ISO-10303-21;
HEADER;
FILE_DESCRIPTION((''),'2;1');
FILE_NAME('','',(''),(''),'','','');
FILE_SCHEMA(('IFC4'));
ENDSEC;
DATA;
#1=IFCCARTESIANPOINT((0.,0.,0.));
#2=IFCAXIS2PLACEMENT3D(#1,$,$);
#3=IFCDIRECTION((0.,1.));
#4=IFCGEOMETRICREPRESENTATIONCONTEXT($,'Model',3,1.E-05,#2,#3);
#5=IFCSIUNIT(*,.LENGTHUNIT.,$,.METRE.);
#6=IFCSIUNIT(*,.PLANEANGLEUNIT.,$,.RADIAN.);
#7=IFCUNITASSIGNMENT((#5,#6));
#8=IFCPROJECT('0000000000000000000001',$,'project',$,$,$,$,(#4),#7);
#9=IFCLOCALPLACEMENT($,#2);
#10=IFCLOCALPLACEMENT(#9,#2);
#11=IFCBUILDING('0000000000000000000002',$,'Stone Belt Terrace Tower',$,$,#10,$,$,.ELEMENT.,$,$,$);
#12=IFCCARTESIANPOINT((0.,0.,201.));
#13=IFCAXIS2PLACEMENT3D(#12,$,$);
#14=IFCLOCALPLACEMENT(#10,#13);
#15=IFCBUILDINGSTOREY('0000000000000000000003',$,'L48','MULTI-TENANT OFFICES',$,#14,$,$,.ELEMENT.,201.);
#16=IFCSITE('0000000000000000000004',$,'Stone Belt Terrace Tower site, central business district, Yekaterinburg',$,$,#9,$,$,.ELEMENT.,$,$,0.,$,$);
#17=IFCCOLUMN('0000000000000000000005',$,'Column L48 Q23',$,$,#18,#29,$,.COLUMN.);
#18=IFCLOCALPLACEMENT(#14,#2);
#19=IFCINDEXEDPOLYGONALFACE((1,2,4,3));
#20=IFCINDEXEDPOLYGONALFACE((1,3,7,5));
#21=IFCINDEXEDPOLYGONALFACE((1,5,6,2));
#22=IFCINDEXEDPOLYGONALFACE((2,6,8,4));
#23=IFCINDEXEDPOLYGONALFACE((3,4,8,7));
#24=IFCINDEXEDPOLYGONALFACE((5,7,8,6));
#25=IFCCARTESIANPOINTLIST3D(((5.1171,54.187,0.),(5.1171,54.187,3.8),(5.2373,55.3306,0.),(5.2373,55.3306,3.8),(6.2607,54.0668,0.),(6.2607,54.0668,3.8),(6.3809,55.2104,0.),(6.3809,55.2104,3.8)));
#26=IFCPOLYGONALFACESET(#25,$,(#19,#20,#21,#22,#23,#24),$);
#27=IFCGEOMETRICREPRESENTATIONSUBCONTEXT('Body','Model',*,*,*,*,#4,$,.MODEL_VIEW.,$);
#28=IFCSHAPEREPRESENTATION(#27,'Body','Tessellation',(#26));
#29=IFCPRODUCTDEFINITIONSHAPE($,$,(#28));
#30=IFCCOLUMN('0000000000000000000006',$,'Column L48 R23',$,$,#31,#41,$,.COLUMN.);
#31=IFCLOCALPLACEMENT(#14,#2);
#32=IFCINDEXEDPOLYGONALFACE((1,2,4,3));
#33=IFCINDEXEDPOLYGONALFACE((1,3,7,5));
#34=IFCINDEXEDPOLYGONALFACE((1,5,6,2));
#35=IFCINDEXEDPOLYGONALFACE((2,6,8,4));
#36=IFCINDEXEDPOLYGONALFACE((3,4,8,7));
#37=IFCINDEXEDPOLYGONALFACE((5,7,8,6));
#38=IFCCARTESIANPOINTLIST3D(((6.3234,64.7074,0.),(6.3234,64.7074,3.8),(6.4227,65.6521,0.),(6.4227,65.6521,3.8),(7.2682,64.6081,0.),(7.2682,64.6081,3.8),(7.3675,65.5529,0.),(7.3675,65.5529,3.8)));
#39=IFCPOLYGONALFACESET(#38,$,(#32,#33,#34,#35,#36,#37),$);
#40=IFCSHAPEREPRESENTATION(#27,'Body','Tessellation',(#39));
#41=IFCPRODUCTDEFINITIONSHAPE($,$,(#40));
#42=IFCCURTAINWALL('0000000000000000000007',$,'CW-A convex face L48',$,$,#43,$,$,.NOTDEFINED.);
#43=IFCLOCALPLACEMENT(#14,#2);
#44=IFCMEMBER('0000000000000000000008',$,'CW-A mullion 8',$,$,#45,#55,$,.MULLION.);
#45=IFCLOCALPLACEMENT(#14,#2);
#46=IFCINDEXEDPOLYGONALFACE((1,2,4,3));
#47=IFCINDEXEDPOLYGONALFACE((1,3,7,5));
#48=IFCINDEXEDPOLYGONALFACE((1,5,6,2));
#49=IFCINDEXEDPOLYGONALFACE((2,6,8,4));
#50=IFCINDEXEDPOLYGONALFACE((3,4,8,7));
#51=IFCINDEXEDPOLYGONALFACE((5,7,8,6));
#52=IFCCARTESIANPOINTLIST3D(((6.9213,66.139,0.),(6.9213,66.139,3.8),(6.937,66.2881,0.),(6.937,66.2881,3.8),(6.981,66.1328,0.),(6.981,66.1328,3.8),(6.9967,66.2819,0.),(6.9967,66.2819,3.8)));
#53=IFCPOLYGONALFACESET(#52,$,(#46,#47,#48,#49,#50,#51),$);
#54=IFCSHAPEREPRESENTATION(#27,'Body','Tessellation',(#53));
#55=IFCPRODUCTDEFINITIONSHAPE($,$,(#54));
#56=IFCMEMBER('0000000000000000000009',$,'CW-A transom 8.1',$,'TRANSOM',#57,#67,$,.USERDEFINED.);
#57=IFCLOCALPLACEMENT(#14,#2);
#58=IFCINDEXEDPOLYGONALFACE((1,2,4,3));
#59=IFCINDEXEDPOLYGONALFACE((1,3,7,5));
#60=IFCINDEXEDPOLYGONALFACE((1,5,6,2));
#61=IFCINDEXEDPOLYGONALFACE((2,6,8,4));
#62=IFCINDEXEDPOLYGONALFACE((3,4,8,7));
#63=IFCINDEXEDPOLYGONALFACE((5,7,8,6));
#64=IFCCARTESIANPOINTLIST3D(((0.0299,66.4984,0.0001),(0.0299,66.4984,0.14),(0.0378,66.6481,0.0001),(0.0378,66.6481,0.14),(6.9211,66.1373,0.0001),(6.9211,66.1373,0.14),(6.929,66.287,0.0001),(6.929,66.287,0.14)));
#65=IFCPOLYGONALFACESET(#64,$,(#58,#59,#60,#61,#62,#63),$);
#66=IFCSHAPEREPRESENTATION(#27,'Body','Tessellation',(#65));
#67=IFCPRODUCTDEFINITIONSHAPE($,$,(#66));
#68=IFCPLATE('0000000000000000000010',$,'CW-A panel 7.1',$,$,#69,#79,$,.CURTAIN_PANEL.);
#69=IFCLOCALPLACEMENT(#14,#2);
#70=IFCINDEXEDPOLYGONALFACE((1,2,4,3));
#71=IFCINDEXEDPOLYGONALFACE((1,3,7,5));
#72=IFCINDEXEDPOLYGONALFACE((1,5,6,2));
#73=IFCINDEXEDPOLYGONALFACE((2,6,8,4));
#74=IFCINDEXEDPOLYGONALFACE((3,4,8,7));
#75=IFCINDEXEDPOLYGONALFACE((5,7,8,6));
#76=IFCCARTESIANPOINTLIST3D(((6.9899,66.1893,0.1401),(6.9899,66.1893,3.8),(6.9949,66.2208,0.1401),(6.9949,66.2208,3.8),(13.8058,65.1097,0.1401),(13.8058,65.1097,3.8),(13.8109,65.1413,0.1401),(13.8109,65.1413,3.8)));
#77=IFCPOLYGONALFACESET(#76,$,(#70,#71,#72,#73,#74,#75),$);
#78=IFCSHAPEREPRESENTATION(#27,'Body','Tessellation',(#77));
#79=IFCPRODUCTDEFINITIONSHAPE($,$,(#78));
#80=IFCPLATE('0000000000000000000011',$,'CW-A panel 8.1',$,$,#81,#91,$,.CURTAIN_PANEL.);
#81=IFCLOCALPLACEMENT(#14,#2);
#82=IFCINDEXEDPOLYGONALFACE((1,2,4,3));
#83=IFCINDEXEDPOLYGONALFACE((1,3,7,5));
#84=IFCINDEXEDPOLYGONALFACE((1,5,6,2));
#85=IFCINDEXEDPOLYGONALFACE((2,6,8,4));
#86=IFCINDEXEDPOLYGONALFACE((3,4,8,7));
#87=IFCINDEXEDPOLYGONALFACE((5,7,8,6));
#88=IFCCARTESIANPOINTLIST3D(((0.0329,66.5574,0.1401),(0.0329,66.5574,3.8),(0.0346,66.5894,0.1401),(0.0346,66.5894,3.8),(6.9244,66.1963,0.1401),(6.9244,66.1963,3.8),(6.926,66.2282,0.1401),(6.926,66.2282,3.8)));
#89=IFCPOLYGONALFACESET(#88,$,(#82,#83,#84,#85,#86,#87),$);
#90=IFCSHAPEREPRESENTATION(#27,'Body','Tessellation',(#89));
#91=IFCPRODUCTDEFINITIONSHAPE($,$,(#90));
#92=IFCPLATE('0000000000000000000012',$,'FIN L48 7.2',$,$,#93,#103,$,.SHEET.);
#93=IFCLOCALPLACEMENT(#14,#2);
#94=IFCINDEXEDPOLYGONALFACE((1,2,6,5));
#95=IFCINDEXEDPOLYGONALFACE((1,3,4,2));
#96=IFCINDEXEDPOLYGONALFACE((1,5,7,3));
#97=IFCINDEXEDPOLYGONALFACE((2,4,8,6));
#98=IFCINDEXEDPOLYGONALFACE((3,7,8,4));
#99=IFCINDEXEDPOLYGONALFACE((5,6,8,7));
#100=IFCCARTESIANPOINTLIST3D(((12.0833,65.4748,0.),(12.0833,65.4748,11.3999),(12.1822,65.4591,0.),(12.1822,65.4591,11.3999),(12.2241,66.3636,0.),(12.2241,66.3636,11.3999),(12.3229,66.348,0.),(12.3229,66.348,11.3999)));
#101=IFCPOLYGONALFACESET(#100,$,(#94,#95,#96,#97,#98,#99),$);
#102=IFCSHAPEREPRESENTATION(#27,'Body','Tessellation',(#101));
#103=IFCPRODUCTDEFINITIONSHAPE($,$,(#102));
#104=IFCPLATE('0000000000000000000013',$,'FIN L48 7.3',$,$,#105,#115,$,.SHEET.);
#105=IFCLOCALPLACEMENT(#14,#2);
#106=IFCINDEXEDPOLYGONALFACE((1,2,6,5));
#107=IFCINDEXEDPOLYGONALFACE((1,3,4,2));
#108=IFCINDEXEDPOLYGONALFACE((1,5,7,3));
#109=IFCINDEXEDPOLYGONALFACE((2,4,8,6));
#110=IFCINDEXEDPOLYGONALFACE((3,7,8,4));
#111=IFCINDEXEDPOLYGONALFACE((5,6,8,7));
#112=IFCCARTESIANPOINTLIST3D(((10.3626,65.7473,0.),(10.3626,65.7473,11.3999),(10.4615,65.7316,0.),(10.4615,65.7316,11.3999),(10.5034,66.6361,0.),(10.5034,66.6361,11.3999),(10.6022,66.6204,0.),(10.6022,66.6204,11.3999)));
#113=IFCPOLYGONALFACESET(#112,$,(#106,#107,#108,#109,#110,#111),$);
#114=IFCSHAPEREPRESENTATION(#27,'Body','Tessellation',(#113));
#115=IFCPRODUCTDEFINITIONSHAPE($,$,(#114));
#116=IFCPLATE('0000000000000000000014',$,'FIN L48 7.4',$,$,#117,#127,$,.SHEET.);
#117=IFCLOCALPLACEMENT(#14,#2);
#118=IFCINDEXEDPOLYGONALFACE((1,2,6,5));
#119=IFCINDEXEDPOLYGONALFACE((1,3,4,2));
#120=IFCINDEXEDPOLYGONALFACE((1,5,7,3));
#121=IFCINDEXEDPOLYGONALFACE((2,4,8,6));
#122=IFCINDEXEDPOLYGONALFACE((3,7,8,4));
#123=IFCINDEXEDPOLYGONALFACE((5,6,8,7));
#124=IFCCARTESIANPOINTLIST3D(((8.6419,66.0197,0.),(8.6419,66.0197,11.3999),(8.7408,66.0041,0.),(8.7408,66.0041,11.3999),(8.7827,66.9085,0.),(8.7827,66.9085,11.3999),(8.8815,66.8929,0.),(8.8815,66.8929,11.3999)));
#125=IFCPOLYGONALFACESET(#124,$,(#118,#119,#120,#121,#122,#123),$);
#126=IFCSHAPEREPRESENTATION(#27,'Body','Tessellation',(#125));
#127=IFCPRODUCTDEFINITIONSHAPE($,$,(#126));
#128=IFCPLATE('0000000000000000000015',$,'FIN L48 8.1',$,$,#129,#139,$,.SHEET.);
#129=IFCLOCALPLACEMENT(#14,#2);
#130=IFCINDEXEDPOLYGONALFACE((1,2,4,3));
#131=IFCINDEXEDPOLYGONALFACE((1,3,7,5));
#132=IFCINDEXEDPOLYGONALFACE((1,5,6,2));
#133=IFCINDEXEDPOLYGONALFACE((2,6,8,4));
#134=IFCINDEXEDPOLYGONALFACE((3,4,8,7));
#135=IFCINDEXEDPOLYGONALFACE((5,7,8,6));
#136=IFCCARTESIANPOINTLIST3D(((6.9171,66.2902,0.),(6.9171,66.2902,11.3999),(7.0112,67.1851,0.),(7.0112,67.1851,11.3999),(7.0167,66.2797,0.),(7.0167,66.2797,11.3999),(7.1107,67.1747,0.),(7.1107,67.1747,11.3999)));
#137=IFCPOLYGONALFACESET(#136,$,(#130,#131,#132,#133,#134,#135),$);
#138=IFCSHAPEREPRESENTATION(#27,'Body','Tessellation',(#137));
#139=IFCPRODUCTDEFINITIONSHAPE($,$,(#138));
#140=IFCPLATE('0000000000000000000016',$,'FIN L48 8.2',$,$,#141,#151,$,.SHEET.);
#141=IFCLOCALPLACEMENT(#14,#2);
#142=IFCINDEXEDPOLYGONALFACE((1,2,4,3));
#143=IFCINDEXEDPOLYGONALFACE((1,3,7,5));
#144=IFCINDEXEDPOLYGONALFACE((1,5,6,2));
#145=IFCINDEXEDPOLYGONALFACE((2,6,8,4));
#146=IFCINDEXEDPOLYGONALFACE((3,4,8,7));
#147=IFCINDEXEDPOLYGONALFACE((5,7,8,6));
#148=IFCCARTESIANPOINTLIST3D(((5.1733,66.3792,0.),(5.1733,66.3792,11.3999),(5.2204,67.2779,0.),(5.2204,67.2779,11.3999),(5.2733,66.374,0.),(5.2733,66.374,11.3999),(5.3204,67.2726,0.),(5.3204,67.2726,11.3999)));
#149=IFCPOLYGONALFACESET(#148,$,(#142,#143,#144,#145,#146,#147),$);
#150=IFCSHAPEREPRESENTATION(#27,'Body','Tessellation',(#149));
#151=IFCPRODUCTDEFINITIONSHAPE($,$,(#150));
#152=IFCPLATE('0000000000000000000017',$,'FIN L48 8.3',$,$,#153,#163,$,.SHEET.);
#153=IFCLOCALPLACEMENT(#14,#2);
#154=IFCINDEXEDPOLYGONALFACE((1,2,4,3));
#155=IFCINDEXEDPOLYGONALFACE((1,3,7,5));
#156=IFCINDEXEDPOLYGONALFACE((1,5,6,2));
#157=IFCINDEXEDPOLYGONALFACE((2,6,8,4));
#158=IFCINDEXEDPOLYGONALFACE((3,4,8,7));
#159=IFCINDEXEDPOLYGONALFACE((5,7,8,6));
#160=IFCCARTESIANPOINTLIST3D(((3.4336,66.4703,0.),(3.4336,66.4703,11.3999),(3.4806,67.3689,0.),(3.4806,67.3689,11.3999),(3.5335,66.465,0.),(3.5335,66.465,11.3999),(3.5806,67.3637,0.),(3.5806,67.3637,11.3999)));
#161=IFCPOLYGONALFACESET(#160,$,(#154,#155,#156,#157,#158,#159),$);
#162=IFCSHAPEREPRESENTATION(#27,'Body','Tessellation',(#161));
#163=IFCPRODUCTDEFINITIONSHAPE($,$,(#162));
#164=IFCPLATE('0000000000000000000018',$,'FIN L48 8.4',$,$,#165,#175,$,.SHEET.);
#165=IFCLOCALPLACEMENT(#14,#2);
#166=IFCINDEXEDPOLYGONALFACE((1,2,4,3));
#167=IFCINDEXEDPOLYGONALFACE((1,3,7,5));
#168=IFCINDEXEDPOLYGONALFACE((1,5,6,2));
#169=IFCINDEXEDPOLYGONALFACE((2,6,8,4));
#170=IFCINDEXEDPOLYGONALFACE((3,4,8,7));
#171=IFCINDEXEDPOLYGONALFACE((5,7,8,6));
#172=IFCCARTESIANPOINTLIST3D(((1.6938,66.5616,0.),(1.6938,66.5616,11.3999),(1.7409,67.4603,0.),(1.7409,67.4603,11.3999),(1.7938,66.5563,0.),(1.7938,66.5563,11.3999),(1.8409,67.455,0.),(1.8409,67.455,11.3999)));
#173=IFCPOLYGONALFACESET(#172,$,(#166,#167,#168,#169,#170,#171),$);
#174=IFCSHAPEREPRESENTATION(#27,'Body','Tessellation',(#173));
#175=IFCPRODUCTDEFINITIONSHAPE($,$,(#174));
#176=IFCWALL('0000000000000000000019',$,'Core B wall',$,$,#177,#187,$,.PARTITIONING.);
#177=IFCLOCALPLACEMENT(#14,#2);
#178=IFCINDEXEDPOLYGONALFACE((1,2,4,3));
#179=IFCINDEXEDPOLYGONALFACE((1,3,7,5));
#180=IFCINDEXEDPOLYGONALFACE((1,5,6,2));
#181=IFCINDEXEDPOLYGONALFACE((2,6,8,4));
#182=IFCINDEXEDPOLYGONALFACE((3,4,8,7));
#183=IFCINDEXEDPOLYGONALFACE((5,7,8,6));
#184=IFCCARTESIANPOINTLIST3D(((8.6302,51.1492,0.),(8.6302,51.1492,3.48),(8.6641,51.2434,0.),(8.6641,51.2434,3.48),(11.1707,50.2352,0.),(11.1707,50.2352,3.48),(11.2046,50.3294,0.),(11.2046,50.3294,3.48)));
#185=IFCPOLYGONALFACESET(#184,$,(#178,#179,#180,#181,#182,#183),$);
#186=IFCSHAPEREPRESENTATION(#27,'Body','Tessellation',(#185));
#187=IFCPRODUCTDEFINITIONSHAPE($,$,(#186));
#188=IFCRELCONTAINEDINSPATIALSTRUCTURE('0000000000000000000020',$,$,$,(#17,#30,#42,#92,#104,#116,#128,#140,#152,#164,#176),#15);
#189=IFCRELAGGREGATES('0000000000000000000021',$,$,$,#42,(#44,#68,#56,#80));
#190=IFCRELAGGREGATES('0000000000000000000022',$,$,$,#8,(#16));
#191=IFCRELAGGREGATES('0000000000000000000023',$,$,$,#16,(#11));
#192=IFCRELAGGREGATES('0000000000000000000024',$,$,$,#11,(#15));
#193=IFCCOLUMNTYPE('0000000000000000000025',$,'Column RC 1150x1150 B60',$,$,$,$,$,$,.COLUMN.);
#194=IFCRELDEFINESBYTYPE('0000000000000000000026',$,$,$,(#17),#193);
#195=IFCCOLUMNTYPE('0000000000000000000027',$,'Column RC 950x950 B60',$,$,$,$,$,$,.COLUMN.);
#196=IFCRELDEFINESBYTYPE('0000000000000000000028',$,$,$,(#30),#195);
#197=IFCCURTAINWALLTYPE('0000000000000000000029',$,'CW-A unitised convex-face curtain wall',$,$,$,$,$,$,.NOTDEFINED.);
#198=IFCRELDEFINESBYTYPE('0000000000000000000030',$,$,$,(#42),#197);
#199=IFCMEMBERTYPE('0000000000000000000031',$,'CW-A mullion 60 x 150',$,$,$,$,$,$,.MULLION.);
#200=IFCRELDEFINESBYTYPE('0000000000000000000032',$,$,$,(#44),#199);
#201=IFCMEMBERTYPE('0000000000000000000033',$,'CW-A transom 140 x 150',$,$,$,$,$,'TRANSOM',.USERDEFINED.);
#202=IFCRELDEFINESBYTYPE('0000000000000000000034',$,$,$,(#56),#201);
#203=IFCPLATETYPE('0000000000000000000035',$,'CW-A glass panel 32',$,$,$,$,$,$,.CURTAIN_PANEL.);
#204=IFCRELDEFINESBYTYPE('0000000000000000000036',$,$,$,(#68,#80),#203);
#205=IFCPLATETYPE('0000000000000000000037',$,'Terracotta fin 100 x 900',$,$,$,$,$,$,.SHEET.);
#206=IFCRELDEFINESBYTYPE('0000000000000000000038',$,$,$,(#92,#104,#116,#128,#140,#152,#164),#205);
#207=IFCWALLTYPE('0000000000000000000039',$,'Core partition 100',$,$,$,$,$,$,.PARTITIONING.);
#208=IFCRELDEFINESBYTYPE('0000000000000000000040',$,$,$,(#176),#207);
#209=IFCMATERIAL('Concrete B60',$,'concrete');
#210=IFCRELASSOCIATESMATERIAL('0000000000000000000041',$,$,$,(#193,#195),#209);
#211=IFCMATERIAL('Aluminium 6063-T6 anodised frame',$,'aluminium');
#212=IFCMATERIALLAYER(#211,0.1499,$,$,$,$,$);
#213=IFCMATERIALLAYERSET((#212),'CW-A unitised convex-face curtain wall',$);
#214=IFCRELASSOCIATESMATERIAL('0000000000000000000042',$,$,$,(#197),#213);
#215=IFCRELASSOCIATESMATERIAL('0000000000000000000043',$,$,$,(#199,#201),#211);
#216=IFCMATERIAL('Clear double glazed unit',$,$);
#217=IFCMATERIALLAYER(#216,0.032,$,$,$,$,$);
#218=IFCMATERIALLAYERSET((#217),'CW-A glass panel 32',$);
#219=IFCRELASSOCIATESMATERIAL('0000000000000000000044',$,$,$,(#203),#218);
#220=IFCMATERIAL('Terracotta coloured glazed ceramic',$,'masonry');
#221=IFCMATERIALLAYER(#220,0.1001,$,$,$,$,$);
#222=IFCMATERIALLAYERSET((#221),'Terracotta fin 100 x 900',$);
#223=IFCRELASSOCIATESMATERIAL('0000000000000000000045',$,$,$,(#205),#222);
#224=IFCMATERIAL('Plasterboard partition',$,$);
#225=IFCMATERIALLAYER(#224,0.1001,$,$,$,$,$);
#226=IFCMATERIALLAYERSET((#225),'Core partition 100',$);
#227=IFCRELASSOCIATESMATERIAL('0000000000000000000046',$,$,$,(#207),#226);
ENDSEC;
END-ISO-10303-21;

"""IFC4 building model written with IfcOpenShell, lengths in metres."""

from ifc_helpers import new_model, si_unit, direction, frame, frame_2d, origin, origin_2d, place, context, subcontext, project, spatial, rectangle, extrude, material, layer, layer_set, material_profile, profile_set, type_object, element, aggregate, save


model = new_model("IFC4")

# Units and contexts
model_context = context("Model", 3, precision=1e-05, world=origin(), true_north=direction((0.0, 1.0)))
body_context = subcontext(model_context, "Body", "Model", "MODEL_VIEW")
ifc_project = project(units=[si_unit("LENGTHUNIT", "METRE"), si_unit("PLANEANGLEUNIT", "RADIAN")], contexts=[model_context])

# Site, building, storey
site_placement = place(None, origin())
site = spatial("IfcSite", under=ifc_project, at=site_placement, Name="Stone Belt Terrace Tower site, central business district, Yekaterinburg", CompositionType="ELEMENT", RefElevation=0.0)
building_placement = place(site_placement, origin())
building = spatial("IfcBuilding", under=site, at=building_placement, Name="Stone Belt Terrace Tower", CompositionType="ELEMENT")
storey_placement = place(building_placement, frame((0.0, 0.0, 201.0)))
storey = spatial("IfcBuildingStorey", under=building, at=storey_placement, Name="L48", Description="MULTI-TENANT OFFICES", CompositionType="ELEMENT", Elevation=201.0)

# Columns
ifc_material_1 = material(Name="Concrete B60", Category="concrete")
ifc_material_profile_1 = material_profile(ifc_material_1, rectangle(XDim=1.1499, YDim=1.1499, at=origin_2d()), Name="RC 1150x1150")
ifc_profile_set_1 = profile_set([ifc_material_profile_1], Name="Concrete B60")
column_type_1 = type_object("IfcColumnType", Name="Column RC 1150x1150 B60", PredefinedType="COLUMN", material=ifc_profile_set_1)
column_1_placement = place(storey_placement, frame((5.749, 54.6987, 0.0), z_axis=(0.0, 0.0, 1.0), x_axis=(0.994522, -0.104528, 0.0)))
element("IfcColumn", 1, at=column_1_placement, inside=storey, type_object=column_type_1, Name="Column L48 Q23", PredefinedType="COLUMN", context=body_context, shape_type="SweptSolid", body=[
    extrude(rectangle(XDim=1.1499, YDim=1.1499, at=origin_2d()), origin(), (0.0, 0.0, 1.0), 3.8),
])
ifc_material_profile_2 = material_profile(ifc_material_1, rectangle(XDim=0.95, YDim=0.95, at=origin_2d()), Name="RC 950x950")
ifc_profile_set_2 = profile_set([ifc_material_profile_2], Name="Concrete B60")
column_type_2 = type_object("IfcColumnType", Name="Column RC 950x950 B60", PredefinedType="COLUMN", material=ifc_profile_set_2)
column_2_placement = place(storey_placement, frame((6.8455, 65.1301, 0.0), z_axis=(0.0, 0.0, 1.0), x_axis=(0.994522, -0.104528, 0.0)))
element("IfcColumn", 2, at=column_2_placement, inside=storey, type_object=column_type_2, Name="Column L48 R23", PredefinedType="COLUMN", context=body_context, shape_type="SweptSolid", body=[
    extrude(rectangle(XDim=0.95, YDim=0.95, at=origin_2d()), origin(), (0.0, 0.0, 1.0), 3.8),
])

# Curtain wall, members, plates
ifc_material_2 = material(Name="Aluminium 6063-T6 anodised frame", Category="aluminium")
ifc_layer_1 = layer(ifc_material_2, 0.1499)
ifc_layer_set_1 = layer_set([ifc_layer_1], Name="CW-A unitised convex-face curtain wall")
curtain_wall_type = type_object("IfcCurtainWallType", Name="CW-A unitised convex-face curtain wall", PredefinedType="NOTDEFINED", material=ifc_layer_set_1)
curtain_wall_placement = place(storey_placement, origin())
curtain_wall = element("IfcCurtainWall", 3, at=curtain_wall_placement, inside=storey, type_object=curtain_wall_type, Name="CW-A convex face L48", PredefinedType="NOTDEFINED")
ifc_material_profile_3 = material_profile(ifc_material_2, rectangle(XDim=0.1499, YDim=0.0601, at=origin_2d()), Name="Aluminium 6063-T6 60x150")
ifc_profile_set_3 = profile_set([ifc_material_profile_3], Name="Aluminium 6063-T6 anodised frame")
member_type_1 = type_object("IfcMemberType", Name="CW-A mullion 60 x 150", PredefinedType="MULLION", material=ifc_profile_set_3)
member_1_placement = place(storey_placement, frame((6.959, 66.2104, 0.0), z_axis=(0.0, 0.0, 1.0), x_axis=(-0.104528, -0.994522, 0.0)))
member_1 = element("IfcMember", 4, at=member_1_placement, type_object=member_type_1, Name="CW-A mullion 8", PredefinedType="MULLION", context=body_context, shape_type="SweptSolid", body=[
    extrude(rectangle(XDim=0.1499, YDim=0.0601, at=origin_2d()), origin(), (0.0, 0.0, 1.0), 3.8),
])
ifc_material_profile_4 = material_profile(ifc_material_2, rectangle(XDim=0.1499, YDim=0.1399, at=origin_2d()), Name="Aluminium 6063-T6 150x140")
ifc_profile_set_4 = profile_set([ifc_material_profile_4], Name="Aluminium 6063-T6 anodised frame")
member_type_2 = type_object("IfcMemberType", Name="CW-A transom 140 x 150", ElementType="TRANSOM", PredefinedType="USERDEFINED", material=ifc_profile_set_4)
member_2_placement = place(storey_placement, frame((6.925, 66.2122, 0.0701), z_axis=(-0.99863, 0.052327, 0.0), x_axis=(-0.052327, -0.99863, 0.0)))
member_2 = element("IfcMember", 5, at=member_2_placement, type_object=member_type_2, Name="CW-A transom 8.1", ObjectType="TRANSOM", PredefinedType="USERDEFINED", context=body_context, shape_type="SweptSolid", body=[
    extrude(rectangle(XDim=0.1499, YDim=0.1399, at=origin_2d()), origin(), (0.0, 0.0, 1.0), 6.9006),
])
ifc_material_3 = material(Name="Clear double glazed unit")
ifc_layer_2 = layer(ifc_material_3, 0.032)
ifc_layer_set_2 = layer_set([ifc_layer_2], Name="CW-A glass panel 32")
plate_type_1 = type_object("IfcPlateType", Name="CW-A glass panel 32", PredefinedType="CURTAIN_PANEL", material=ifc_layer_set_2)
plate_1_placement = place(storey_placement, frame((10.4004, 65.6653, 0.1401), z_axis=(0.0, 0.0, 1.0), x_axis=(-0.987688, 0.156434, 0.0)))
plate_1 = element("IfcPlate", 6, at=plate_1_placement, type_object=plate_type_1, Name="CW-A panel 7.1", PredefinedType="CURTAIN_PANEL", context=body_context, shape_type="SweptSolid", body=[
    extrude(rectangle(XDim=6.9009, YDim=0.032, at=origin_2d()), origin(), (0.0, 0.0, 1.0), 3.6599),
])
plate_2_placement = place(storey_placement, frame((3.4795, 66.3928, 0.1401), z_axis=(0.0, 0.0, 1.0), x_axis=(-0.99863, 0.052336, 0.0)))
plate_2 = element("IfcPlate", 7, at=plate_2_placement, type_object=plate_type_1, Name="CW-A panel 8.1", PredefinedType="CURTAIN_PANEL", context=body_context, shape_type="SweptSolid", body=[
    extrude(rectangle(XDim=6.9009, YDim=0.032, at=origin_2d()), origin(), (0.0, 0.0, 1.0), 3.6599),
])
aggregate(curtain_wall, [member_1, plate_1, member_2, plate_2])

# Plates
ifc_material_4 = material(Name="Terracotta coloured glazed ceramic", Category="masonry")
ifc_layer_3 = layer(ifc_material_4, 0.1001)
ifc_layer_set_3 = layer_set([ifc_layer_3], Name="Terracotta fin 100 x 900")
plate_type_2 = type_object("IfcPlateType", Name="Terracotta fin 100 x 900", PredefinedType="SHEET", material=ifc_layer_set_3)
for number, where, z_axis, x_axis, name in (
    (8, (12.2031, 65.9114, 0.0), (0.0, 0.0, 1.0), (0.156434, 0.987688, 0.0), "FIN L48 7.2"),
    (9, (10.4824, 66.1838, 0.0), (0.0, 0.0, 1.0), (0.156434, 0.987688, 0.0), "FIN L48 7.3"),
    (10, (8.7617, 66.4563, 0.0), (0.0, 0.0, 1.0), (0.156434, 0.987688, 0.0), "FIN L48 7.4"),
    (11, (7.0139, 66.7324, 0.0), (0.0, 0.0, 1.0), (0.104528, 0.994522, 0.0), "FIN L48 8.1"),
    (12, (5.2468, 66.8259, 0.0), (0.0, 0.0, 1.0), (0.052336, 0.99863, 0.0), "FIN L48 8.2"),
    (13, (3.5071, 66.917, 0.0), (0.0, 0.0, 1.0), (0.052336, 0.99863, 0.0), "FIN L48 8.3"),
    (14, (1.7673, 67.0083, 0.0), (0.0, 0.0, 1.0), (0.052336, 0.99863, 0.0), "FIN L48 8.4"),
):
    element("IfcPlate", number, at=place(storey_placement, frame(where, z_axis=z_axis, x_axis=x_axis)), inside=storey, type_object=plate_type_2, Name=name, PredefinedType="SHEET", context=body_context, shape_type="SweptSolid", body=[
        extrude(rectangle(XDim=0.8999, YDim=0.1001, at=origin_2d()), origin(), (0.0, 0.0, 1.0), 11.3999),
    ])

# Wall
ifc_material_5 = material(Name="Plasterboard partition")
ifc_layer_4 = layer(ifc_material_5, 0.1001)
ifc_layer_set_4 = layer_set([ifc_layer_4], Name="Core partition 100")
wall_type_1 = type_object("IfcWallType", Name="Core partition 100", PredefinedType="PARTITIONING", material=ifc_layer_set_4)
wall_1_placement = place(storey_placement, frame((11.1877, 50.2822, 0.0), z_axis=(0.0, 0.0, 1.0), x_axis=(-0.94095, 0.338547, 0.0)))
element("IfcWall", 15, at=wall_1_placement, inside=storey, type_object=wall_type_1, Name="Core B wall", PredefinedType="PARTITIONING", context=body_context, shape_type="SweptSolid", body=[
    extrude(rectangle(XDim=2.7, YDim=0.1001, at=frame_2d((1.3501, 0.0))), origin(), (0.0, 0.0, 1.0), 3.48),
])

save(model, "model.ifc")
